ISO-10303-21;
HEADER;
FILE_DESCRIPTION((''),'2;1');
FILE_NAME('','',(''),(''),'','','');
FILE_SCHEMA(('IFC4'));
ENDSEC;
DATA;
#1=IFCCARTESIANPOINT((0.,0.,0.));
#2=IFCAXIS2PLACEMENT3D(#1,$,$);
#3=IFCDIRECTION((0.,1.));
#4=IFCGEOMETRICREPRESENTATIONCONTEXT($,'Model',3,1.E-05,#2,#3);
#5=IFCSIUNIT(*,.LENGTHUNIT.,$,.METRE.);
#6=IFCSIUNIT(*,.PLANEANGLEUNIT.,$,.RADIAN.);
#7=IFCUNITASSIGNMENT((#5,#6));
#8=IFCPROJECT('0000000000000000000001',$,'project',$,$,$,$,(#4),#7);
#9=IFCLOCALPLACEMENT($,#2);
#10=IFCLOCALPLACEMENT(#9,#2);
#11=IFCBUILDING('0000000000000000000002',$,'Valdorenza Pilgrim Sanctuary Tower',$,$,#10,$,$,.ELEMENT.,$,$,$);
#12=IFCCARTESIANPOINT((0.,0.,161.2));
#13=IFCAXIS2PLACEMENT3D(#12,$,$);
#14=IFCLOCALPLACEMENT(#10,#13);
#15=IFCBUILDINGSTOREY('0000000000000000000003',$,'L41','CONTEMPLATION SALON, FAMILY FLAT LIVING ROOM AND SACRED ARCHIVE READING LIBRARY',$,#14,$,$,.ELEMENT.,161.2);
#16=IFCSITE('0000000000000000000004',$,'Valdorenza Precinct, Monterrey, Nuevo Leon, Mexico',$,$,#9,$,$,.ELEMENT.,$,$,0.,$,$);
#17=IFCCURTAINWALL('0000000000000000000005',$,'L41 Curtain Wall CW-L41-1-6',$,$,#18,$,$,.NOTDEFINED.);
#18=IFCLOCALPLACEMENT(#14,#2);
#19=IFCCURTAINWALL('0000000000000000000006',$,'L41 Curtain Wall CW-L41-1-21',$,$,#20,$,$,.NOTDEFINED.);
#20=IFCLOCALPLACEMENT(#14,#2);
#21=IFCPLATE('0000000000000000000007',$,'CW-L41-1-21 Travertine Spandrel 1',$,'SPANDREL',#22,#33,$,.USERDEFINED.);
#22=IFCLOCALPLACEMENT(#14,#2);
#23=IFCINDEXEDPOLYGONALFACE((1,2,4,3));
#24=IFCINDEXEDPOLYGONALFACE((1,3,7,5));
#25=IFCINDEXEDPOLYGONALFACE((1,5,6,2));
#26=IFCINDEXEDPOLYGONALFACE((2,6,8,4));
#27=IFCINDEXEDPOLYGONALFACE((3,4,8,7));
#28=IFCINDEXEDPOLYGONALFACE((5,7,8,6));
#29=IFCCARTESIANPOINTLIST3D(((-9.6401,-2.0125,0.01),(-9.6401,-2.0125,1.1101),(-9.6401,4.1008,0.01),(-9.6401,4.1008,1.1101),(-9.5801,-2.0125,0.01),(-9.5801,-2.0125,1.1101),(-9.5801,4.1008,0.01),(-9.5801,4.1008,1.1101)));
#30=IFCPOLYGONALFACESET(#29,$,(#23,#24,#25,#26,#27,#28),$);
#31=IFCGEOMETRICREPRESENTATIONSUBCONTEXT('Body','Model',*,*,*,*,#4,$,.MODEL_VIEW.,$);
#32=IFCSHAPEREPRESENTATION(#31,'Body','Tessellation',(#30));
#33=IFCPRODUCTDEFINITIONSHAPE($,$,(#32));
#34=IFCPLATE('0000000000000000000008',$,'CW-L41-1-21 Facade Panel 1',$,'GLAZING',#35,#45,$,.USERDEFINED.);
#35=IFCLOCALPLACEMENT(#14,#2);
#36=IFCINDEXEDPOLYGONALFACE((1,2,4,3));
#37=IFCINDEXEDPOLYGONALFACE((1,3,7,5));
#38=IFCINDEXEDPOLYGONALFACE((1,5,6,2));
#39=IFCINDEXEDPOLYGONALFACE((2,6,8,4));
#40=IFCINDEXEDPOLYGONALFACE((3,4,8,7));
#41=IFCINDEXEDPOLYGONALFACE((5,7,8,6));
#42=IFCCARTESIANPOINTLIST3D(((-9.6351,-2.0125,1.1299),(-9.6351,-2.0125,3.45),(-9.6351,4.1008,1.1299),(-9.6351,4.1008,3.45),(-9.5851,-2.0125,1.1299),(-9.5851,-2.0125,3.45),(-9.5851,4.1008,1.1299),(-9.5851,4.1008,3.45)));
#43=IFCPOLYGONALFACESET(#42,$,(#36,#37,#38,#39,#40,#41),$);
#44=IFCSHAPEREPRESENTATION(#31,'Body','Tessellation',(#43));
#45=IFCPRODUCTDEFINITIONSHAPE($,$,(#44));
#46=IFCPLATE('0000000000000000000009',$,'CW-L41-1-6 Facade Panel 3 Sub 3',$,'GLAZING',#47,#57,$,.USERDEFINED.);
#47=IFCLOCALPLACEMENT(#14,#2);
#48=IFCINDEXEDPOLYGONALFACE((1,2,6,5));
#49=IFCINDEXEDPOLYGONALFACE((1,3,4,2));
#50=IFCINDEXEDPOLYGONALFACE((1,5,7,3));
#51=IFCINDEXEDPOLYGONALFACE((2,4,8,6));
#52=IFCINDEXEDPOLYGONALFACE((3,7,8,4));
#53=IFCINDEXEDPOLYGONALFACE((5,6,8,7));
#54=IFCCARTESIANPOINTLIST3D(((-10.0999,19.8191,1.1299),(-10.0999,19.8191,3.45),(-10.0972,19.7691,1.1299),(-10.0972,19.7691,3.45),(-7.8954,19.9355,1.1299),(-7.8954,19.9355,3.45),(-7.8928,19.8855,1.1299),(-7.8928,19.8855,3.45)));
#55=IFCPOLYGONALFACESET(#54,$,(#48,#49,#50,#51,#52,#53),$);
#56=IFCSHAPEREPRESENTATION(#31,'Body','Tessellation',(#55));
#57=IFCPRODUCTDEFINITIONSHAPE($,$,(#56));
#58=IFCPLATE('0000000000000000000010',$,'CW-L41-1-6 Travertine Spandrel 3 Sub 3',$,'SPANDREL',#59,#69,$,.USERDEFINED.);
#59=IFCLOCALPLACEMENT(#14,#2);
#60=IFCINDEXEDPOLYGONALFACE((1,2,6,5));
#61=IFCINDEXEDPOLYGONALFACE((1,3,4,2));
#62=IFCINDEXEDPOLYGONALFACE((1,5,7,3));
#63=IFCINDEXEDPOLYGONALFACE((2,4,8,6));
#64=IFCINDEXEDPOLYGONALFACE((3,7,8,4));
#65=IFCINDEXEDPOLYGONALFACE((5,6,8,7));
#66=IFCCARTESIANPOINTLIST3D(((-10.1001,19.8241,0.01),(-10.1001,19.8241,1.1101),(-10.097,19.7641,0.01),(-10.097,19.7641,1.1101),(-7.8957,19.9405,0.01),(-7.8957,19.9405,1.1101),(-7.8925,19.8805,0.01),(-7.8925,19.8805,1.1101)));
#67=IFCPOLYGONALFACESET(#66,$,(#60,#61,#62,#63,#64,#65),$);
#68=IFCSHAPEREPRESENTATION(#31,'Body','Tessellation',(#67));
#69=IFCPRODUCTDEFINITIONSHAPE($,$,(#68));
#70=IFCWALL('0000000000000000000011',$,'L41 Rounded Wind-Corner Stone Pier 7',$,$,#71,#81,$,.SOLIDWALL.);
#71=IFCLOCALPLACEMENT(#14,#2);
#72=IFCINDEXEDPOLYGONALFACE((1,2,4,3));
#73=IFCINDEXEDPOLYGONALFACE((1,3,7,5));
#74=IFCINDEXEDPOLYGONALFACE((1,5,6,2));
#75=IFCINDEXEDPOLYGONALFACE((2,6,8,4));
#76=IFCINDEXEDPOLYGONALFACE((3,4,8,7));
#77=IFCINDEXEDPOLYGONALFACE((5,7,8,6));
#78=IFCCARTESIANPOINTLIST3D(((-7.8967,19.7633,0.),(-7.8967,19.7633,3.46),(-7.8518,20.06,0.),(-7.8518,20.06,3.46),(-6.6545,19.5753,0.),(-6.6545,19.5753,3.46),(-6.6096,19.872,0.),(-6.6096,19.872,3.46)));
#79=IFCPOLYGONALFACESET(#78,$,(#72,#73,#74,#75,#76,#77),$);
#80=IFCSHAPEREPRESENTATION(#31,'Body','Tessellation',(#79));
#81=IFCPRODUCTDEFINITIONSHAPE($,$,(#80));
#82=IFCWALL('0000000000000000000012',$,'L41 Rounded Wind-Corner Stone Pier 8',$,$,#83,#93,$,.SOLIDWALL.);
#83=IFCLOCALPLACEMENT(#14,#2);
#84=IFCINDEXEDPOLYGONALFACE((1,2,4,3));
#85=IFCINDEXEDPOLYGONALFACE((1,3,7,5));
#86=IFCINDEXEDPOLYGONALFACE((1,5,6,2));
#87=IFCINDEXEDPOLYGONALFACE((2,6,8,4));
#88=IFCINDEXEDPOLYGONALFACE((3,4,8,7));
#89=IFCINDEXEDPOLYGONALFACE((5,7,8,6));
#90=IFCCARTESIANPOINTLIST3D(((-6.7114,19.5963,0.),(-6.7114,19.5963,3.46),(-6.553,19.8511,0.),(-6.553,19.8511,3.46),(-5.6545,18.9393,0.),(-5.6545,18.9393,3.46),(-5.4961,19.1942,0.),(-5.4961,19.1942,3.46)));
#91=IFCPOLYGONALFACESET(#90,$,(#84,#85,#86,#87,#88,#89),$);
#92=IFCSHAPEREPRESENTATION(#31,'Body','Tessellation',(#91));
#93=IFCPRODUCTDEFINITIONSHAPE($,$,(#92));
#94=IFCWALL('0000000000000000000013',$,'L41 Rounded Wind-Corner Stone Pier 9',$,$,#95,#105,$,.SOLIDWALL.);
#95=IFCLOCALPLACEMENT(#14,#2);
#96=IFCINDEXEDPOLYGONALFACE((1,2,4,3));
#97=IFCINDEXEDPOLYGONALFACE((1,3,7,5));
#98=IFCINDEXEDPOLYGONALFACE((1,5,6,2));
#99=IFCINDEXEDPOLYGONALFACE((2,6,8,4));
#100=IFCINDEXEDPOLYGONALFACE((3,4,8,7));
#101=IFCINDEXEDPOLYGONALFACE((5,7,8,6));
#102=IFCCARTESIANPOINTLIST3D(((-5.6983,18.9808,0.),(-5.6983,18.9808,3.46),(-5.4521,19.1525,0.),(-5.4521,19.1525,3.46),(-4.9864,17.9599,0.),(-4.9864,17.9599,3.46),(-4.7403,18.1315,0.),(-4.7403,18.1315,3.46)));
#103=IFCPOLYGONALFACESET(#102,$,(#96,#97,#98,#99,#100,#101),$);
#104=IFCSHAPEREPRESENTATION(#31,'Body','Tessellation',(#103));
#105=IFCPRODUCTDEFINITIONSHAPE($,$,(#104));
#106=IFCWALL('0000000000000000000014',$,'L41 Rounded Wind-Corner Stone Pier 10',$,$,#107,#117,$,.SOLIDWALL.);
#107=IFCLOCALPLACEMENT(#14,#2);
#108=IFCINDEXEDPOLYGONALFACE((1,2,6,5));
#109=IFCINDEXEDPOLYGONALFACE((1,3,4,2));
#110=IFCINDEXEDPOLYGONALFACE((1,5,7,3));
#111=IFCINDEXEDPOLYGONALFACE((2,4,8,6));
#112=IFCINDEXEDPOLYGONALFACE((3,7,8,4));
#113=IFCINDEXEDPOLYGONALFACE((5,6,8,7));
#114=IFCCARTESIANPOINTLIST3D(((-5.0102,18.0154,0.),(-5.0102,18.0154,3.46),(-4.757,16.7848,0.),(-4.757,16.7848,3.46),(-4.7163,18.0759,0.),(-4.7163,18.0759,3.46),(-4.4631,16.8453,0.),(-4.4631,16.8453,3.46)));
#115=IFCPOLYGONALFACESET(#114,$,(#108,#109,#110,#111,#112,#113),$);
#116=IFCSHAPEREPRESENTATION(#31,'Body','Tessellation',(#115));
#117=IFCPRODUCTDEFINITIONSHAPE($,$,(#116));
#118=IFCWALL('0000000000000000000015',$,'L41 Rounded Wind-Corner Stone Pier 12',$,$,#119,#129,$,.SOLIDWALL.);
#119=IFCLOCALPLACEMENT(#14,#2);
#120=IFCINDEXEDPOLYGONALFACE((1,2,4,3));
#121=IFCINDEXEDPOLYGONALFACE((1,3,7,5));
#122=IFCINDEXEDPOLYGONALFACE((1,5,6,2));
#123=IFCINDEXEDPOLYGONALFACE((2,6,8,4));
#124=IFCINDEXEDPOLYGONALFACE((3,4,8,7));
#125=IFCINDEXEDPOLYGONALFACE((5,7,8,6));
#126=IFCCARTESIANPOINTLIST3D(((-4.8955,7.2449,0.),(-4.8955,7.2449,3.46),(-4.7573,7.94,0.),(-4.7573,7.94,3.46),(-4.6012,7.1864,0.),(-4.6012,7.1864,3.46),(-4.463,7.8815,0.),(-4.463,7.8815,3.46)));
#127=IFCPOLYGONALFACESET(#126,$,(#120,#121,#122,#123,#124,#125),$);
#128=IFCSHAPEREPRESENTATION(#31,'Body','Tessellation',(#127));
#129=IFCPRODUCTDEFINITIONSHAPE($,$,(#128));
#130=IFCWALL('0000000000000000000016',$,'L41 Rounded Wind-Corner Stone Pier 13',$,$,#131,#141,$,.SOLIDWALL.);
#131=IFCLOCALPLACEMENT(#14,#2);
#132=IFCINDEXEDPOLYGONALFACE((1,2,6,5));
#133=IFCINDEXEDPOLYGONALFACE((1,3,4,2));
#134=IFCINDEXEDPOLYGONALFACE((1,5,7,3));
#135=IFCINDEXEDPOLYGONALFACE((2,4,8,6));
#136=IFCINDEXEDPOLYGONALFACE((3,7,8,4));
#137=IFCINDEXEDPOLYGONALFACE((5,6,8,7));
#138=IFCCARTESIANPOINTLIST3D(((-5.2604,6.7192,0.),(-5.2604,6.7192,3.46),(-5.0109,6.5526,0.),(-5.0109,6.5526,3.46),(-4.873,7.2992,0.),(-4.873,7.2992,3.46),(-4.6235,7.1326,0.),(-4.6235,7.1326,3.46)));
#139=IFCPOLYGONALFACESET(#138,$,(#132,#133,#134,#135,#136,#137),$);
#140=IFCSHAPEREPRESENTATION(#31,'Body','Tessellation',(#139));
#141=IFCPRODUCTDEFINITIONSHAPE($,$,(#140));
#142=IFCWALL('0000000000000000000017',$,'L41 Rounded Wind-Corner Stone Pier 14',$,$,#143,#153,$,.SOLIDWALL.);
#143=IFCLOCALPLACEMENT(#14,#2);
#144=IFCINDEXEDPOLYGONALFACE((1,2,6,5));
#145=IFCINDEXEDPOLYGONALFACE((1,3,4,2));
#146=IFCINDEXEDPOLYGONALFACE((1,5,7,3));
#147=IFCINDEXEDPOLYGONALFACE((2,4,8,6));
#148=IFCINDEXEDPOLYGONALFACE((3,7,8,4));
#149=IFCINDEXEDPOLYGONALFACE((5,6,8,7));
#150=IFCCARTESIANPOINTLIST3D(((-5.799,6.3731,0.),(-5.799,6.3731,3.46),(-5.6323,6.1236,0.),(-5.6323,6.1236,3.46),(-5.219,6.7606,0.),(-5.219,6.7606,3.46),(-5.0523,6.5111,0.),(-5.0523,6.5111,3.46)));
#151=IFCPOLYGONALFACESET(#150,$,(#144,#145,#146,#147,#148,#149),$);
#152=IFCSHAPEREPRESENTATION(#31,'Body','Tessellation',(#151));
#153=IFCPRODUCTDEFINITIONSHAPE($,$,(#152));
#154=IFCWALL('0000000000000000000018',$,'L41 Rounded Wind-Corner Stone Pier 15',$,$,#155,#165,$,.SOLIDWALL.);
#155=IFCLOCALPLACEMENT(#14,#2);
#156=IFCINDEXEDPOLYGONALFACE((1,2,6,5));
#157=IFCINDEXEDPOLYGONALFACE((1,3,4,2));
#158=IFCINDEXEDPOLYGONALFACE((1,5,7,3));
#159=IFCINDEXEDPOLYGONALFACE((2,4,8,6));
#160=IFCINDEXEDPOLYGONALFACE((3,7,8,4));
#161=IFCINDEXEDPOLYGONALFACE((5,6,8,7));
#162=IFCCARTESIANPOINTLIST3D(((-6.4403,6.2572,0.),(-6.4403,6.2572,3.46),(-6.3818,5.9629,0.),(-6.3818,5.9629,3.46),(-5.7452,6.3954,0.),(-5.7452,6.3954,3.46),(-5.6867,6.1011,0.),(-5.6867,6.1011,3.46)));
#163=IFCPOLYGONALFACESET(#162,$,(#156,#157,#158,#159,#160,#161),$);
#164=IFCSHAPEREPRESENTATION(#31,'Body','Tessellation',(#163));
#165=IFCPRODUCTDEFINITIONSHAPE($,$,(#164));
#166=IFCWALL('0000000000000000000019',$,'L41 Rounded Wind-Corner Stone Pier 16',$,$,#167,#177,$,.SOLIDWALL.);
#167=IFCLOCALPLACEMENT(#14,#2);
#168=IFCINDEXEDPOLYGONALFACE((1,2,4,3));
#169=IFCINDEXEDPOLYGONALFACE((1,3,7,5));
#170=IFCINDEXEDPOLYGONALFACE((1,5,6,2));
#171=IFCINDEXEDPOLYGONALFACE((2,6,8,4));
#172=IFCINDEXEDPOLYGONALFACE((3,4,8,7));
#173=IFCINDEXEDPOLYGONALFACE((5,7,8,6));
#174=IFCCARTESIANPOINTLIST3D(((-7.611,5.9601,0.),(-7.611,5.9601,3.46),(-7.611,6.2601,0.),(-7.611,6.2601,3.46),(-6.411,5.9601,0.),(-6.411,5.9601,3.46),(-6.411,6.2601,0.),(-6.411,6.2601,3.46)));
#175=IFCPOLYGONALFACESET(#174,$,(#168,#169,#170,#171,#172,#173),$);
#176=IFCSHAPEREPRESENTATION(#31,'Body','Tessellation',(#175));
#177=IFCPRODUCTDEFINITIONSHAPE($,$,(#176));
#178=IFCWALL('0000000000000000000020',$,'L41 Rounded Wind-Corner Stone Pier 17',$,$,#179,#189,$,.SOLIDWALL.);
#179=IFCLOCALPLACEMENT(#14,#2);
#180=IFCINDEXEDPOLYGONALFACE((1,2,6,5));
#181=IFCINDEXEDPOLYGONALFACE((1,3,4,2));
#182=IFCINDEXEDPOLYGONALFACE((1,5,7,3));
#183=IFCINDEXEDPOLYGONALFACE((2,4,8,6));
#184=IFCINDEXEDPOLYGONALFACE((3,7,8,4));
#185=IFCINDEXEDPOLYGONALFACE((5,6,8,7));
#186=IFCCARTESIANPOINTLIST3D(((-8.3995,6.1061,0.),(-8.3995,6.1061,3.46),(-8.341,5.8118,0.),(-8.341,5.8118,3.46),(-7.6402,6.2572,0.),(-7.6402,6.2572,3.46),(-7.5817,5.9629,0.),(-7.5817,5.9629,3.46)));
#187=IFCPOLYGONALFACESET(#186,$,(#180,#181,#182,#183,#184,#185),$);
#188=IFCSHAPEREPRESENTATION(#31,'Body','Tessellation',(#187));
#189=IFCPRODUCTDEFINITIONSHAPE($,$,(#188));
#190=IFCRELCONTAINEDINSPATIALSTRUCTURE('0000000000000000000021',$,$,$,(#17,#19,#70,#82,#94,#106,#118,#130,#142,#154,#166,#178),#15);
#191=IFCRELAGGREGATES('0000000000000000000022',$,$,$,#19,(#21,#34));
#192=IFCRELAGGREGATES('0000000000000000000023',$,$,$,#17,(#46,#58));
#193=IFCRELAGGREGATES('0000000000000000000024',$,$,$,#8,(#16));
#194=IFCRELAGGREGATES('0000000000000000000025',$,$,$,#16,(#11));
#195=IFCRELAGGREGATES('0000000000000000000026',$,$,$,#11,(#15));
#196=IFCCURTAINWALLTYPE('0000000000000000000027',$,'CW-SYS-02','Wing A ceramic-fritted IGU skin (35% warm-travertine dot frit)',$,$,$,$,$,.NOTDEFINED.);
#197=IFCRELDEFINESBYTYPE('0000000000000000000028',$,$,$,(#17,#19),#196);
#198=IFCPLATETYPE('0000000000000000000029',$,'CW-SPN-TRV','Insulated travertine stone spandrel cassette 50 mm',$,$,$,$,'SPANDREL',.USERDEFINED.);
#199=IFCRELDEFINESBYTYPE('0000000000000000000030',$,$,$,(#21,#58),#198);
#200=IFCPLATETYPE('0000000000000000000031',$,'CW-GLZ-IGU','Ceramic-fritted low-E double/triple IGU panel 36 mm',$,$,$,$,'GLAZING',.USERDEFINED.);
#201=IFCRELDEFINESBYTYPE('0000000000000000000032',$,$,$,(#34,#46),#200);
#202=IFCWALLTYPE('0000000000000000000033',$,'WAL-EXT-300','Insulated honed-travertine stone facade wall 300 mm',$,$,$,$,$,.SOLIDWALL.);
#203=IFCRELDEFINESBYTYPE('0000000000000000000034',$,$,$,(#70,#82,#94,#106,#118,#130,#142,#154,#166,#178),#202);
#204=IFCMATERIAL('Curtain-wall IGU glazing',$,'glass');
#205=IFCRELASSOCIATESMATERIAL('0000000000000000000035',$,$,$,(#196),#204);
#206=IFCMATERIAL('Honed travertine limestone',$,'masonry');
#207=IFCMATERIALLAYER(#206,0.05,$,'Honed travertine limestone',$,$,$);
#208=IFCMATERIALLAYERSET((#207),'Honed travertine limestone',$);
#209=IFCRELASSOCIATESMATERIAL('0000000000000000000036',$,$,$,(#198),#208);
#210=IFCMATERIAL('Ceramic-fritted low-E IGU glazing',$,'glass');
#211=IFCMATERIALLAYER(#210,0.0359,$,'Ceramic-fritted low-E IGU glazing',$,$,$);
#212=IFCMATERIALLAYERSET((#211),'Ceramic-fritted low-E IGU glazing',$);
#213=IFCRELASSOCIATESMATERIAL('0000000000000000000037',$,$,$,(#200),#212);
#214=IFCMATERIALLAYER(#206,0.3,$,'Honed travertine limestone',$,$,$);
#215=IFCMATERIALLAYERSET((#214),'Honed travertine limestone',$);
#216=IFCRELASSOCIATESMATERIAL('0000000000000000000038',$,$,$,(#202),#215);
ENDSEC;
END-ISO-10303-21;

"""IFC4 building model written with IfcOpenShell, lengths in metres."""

from ifc_helpers import new_model, si_unit, direction, frame, frame_2d, origin, origin_2d, place, context, subcontext, project, spatial, rectangle, extrude, source, transform, mapped, material, layer, layer_set, type_object, element, aggregate, save


model = new_model("IFC4")

# Units and contexts
model_context = context("Model", 3, precision=1e-05, world=origin(), true_north=direction((0.0, 1.0)))
body_context = subcontext(model_context, "Body", "Model", "MODEL_VIEW")
ifc_project = project(units=[si_unit("LENGTHUNIT", "METRE"), si_unit("PLANEANGLEUNIT", "RADIAN")], contexts=[model_context])

# Site, building, storey
site_placement = place(None, origin())
site = spatial("IfcSite", under=ifc_project, at=site_placement, Name="Valdorenza Precinct, Monterrey, Nuevo Leon, Mexico", CompositionType="ELEMENT", RefElevation=0.0)
building_placement = place(site_placement, origin())
building = spatial("IfcBuilding", under=site, at=building_placement, Name="Valdorenza Pilgrim Sanctuary Tower", CompositionType="ELEMENT")
storey_placement = place(building_placement, frame((0.0, 0.0, 161.2)))
storey = spatial("IfcBuildingStorey", under=building, at=storey_placement, Name="L41", Description="CONTEMPLATION SALON, FAMILY FLAT LIVING ROOM AND SACRED ARCHIVE READING LIBRARY", CompositionType="ELEMENT", Elevation=161.2)

# Curtain wall
ifc_material_1 = material(Name="Curtain-wall IGU glazing", Category="glass")
curtain_wall_type = type_object("IfcCurtainWallType", Name="CW-SYS-02", Description="Wing A ceramic-fritted IGU skin (35% warm-travertine dot frit)", PredefinedType="NOTDEFINED", material=ifc_material_1)
curtain_wall_1_placement = place(storey_placement, origin())
curtain_wall_1 = element("IfcCurtainWall", 1, at=curtain_wall_1_placement, inside=storey, type_object=curtain_wall_type, Name="L41 Curtain Wall CW-L41-1-6", PredefinedType="NOTDEFINED")

# Curtain wall
curtain_wall_2_placement = place(storey_placement, origin())
curtain_wall_2 = element("IfcCurtainWall", 2, at=curtain_wall_2_placement, inside=storey, type_object=curtain_wall_type, Name="L41 Curtain Wall CW-L41-1-21", PredefinedType="NOTDEFINED")

# Plates
ifc_material_2 = material(Name="Honed travertine limestone", Category="masonry")
ifc_layer_1 = layer(ifc_material_2, 0.05, Name="Honed travertine limestone")
ifc_layer_set_1 = layer_set([ifc_layer_1], Name="Honed travertine limestone")
plate_type_1 = type_object("IfcPlateType", Name="CW-SPN-TRV", Description="Insulated travertine stone spandrel cassette 50 mm", ElementType="SPANDREL", PredefinedType="USERDEFINED", material=ifc_layer_set_1)
ifc_material_3 = material(Name="Ceramic-fritted low-E IGU glazing", Category="glass")
ifc_layer_2 = layer(ifc_material_3, 0.0359, Name="Ceramic-fritted low-E IGU glazing")
ifc_layer_set_2 = layer_set([ifc_layer_2], Name="Ceramic-fritted low-E IGU glazing")
plate_type_2 = type_object("IfcPlateType", Name="CW-GLZ-IGU", Description="Ceramic-fritted low-E double/triple IGU panel 36 mm", ElementType="GLAZING", PredefinedType="USERDEFINED", material=ifc_layer_set_2)
shared_shape_1 = source(origin(), body_context, "Body", "SweptSolid", [
    extrude(rectangle(XDim=6.1133, YDim=0.0601, at=origin_2d()), origin(), (0.0, 0.0, 1.0), 1.1001),
])
plate_1_placement = place(storey_placement, frame((-9.6101, 1.0442, 0.01), z_axis=(0.0, 0.0, 1.0), x_axis=(0.0, -1.0, 0.0)))
plate_1 = element("IfcPlate", 3, at=plate_1_placement, type_object=plate_type_1, Name="CW-L41-1-21 Travertine Spandrel 1", ObjectType="SPANDREL", PredefinedType="USERDEFINED", context=body_context, shape_type="MappedRepresentation", body=[
    mapped(shared_shape_1, transform((0.0, 0.0, 0.0), x_axis=(1.0, 0.0, 0.0), y_axis=(0.0, 1.0, 0.0), z_axis=(0.0, 0.0, 1.0), scale=1.0)),
])
shared_shape_2 = source(origin(), body_context, "Body", "SweptSolid", [
    extrude(rectangle(XDim=6.1133, YDim=0.05, at=origin_2d()), origin(), (0.0, 0.0, 1.0), 2.3201),
])
plate_2_placement = place(storey_placement, frame((-9.6101, 1.0442, 1.1299), z_axis=(0.0, 0.0, 1.0), x_axis=(0.0, -1.0, 0.0)))
plate_2 = element("IfcPlate", 4, at=plate_2_placement, type_object=plate_type_2, Name="CW-L41-1-21 Facade Panel 1", ObjectType="GLAZING", PredefinedType="USERDEFINED", context=body_context, shape_type="MappedRepresentation", body=[
    mapped(shared_shape_2, transform((0.0, 0.0, 0.0), x_axis=(1.0, 0.0, 0.0), y_axis=(0.0, 1.0, 0.0), z_axis=(0.0, 0.0, 1.0), scale=1.0)),
])
aggregate(curtain_wall_2, [plate_1, plate_2])
shared_shape_3 = source(origin(), body_context, "Body", "SweptSolid", [
    extrude(rectangle(XDim=2.2075, YDim=0.05, at=origin_2d()), origin(), (0.0, 0.0, 1.0), 2.3201),
])
plate_3_placement = place(storey_placement, frame((-8.9963, 19.8523, 1.1299), z_axis=(0.0, 0.0, 1.0), x_axis=(0.998608, 0.052754, 0.0)))
plate_3 = element("IfcPlate", 5, at=plate_3_placement, type_object=plate_type_2, Name="CW-L41-1-6 Facade Panel 3 Sub 3", ObjectType="GLAZING", PredefinedType="USERDEFINED", context=body_context, shape_type="MappedRepresentation", body=[
    mapped(shared_shape_3, transform((0.0, 0.0, 0.0), x_axis=(1.0, 0.0, 0.0), y_axis=(0.0, 1.0, 0.0), z_axis=(0.0, 0.0, 1.0), scale=1.0)),
])
shared_shape_4 = source(origin(), body_context, "Body", "SweptSolid", [
    extrude(rectangle(XDim=2.2075, YDim=0.0601, at=origin_2d()), origin(), (0.0, 0.0, 1.0), 1.1001),
])
plate_4_placement = place(storey_placement, frame((-8.9963, 19.8523, 0.01), z_axis=(0.0, 0.0, 1.0), x_axis=(0.998608, 0.052754, 0.0)))
plate_4 = element("IfcPlate", 6, at=plate_4_placement, type_object=plate_type_1, Name="CW-L41-1-6 Travertine Spandrel 3 Sub 3", ObjectType="SPANDREL", PredefinedType="USERDEFINED", context=body_context, shape_type="MappedRepresentation", body=[
    mapped(shared_shape_4, transform((0.0, 0.0, 0.0), x_axis=(1.0, 0.0, 0.0), y_axis=(0.0, 1.0, 0.0), z_axis=(0.0, 0.0, 1.0), scale=1.0)),
])
aggregate(curtain_wall_1, [plate_3, plate_4])

# Walls
ifc_layer_3 = layer(ifc_material_2, 0.3, Name="Honed travertine limestone")
ifc_layer_set_3 = layer_set([ifc_layer_3], Name="Honed travertine limestone")
wall_type_1 = type_object("IfcWallType", Name="WAL-EXT-300", Description="Insulated honed-travertine stone facade wall 300 mm", PredefinedType="SOLIDWALL", material=ifc_layer_set_3)
wall_1_placement = place(storey_placement, frame((-7.8743, 19.9116, 0.0), z_axis=(0.0, 0.0, 1.0), x_axis=(0.988742, -0.149633, 0.0)))
element("IfcWall", 7, at=wall_1_placement, inside=storey, type_object=wall_type_1, Name="L41 Rounded Wind-Corner Stone Pier 7", PredefinedType="SOLIDWALL", context=body_context, shape_type="SweptSolid", body=[
    extrude(rectangle(XDim=1.2563, YDim=0.3, at=frame_2d((0.6282, 0.0))), origin(), (0.0, 0.0, 1.0), 3.46),
])
wall_2_placement = place(storey_placement, frame((-6.6321, 19.7236, 0.0), z_axis=(0.0, 0.0, 1.0), x_axis=(0.849285, -0.527934, 0.0)))
element("IfcWall", 8, at=wall_2_placement, inside=storey, type_object=wall_type_1, Name="L41 Rounded Wind-Corner Stone Pier 8", PredefinedType="SOLIDWALL", context=body_context, shape_type="SweptSolid", body=[
    extrude(rectangle(XDim=1.2444, YDim=0.3, at=frame_2d((0.6221, 0.0))), origin(), (0.0, 0.0, 1.0), 3.46),
])
wall_3_placement = place(storey_placement, frame((-5.5752, 19.0667, 0.0), z_axis=(0.0, 0.0, 1.0), x_axis=(0.571961, -0.820281, 0.0)))
element("IfcWall", 9, at=wall_3_placement, inside=storey, type_object=wall_type_1, Name="L41 Rounded Wind-Corner Stone Pier 9", PredefinedType="SOLIDWALL", context=body_context, shape_type="SweptSolid", body=[
    extrude(rectangle(XDim=1.2446, YDim=0.3, at=frame_2d((0.6223, 0.0))), origin(), (0.0, 0.0, 1.0), 3.46),
])
wall_4_placement = place(storey_placement, frame((-4.8633, 18.0457, 0.0), z_axis=(0.0, 0.0, 1.0), x_axis=(0.201532, -0.979482, 0.0)))
element("IfcWall", 10, at=wall_4_placement, inside=storey, type_object=wall_type_1, Name="L41 Rounded Wind-Corner Stone Pier 10", PredefinedType="SOLIDWALL", context=body_context, shape_type="SweptSolid", body=[
    extrude(rectangle(XDim=1.2563, YDim=0.3, at=frame_2d((0.6282, 0.0))), origin(), (0.0, 0.0, 1.0), 3.46),
])
wall_5_placement = place(storey_placement, frame((-4.6101, 7.9109, 0.0), z_axis=(0.0, 0.0, 1.0), x_axis=(-0.19499, -0.980805, 0.0)))
element("IfcWall", 11, at=wall_5_placement, inside=storey, type_object=wall_type_1, Name="L41 Rounded Wind-Corner Stone Pier 12", PredefinedType="SOLIDWALL", context=body_context, shape_type="SweptSolid", body=[
    extrude(rectangle(XDim=0.7087, YDim=0.3, at=frame_2d((0.3545, 0.0))), origin(), (0.0, 0.0, 1.0), 3.46),
])
for number, where, z_axis, x_axis, name in (
    (12, (-4.7483, 7.2158, 0.0), (0.0, 0.0, 1.0), (-0.555427, -0.831565, 0.0), "L41 Rounded Wind-Corner Stone Pier 13"),
    (13, (-5.1357, 6.6357, 0.0), (0.0, 0.0, 1.0), (-0.831565, -0.555427, 0.0), "L41 Rounded Wind-Corner Stone Pier 14"),
):
    element("IfcWall", number, at=place(storey_placement, frame(where, z_axis=z_axis, x_axis=x_axis)), inside=storey, type_object=wall_type_1, Name=name, PredefinedType="SOLIDWALL", context=body_context, shape_type="SweptSolid", body=[
        extrude(rectangle(XDim=0.6975, YDim=0.3, at=frame_2d((0.3486, 0.0))), origin(), (0.0, 0.0, 1.0), 3.46),
    ])
wall_6_placement = place(storey_placement, frame((-5.7158, 6.2483, 0.0), z_axis=(0.0, 0.0, 1.0), x_axis=(-0.980805, -0.19499, 0.0)))
element("IfcWall", 14, at=wall_6_placement, inside=storey, type_object=wall_type_1, Name="L41 Rounded Wind-Corner Stone Pier 15", PredefinedType="SOLIDWALL", context=body_context, shape_type="SweptSolid", body=[
    extrude(rectangle(XDim=0.7087, YDim=0.3, at=frame_2d((0.3545, 0.0))), origin(), (0.0, 0.0, 1.0), 3.46),
])
wall_7_placement = place(storey_placement, frame((-6.4109, 6.1101, 0.0), z_axis=(0.0, 0.0, 1.0), x_axis=(-1.0, 0.0, 0.0)))
element("IfcWall", 15, at=wall_7_placement, inside=storey, type_object=wall_type_1, Name="L41 Rounded Wind-Corner Stone Pier 16", PredefinedType="SOLIDWALL", context=body_context, shape_type="SweptSolid", body=[
    extrude(rectangle(XDim=1.2, YDim=0.3, at=frame_2d((0.6001, 0.0))), origin(), (0.0, 0.0, 1.0), 3.46),
])
wall_8_placement = place(storey_placement, frame((-7.6108, 6.1101, 0.0), z_axis=(0.0, 0.0, 1.0), x_axis=(-0.980762, -0.195206, 0.0)))
element("IfcWall", 16, at=wall_8_placement, inside=storey, type_object=wall_type_1, Name="L41 Rounded Wind-Corner Stone Pier 17", PredefinedType="SOLIDWALL", context=body_context, shape_type="SweptSolid", body=[
    extrude(rectangle(XDim=0.7742, YDim=0.3, at=frame_2d((0.3872, 0.0))), origin(), (0.0, 0.0, 1.0), 3.46),
])

save(model, "model.ifc")
